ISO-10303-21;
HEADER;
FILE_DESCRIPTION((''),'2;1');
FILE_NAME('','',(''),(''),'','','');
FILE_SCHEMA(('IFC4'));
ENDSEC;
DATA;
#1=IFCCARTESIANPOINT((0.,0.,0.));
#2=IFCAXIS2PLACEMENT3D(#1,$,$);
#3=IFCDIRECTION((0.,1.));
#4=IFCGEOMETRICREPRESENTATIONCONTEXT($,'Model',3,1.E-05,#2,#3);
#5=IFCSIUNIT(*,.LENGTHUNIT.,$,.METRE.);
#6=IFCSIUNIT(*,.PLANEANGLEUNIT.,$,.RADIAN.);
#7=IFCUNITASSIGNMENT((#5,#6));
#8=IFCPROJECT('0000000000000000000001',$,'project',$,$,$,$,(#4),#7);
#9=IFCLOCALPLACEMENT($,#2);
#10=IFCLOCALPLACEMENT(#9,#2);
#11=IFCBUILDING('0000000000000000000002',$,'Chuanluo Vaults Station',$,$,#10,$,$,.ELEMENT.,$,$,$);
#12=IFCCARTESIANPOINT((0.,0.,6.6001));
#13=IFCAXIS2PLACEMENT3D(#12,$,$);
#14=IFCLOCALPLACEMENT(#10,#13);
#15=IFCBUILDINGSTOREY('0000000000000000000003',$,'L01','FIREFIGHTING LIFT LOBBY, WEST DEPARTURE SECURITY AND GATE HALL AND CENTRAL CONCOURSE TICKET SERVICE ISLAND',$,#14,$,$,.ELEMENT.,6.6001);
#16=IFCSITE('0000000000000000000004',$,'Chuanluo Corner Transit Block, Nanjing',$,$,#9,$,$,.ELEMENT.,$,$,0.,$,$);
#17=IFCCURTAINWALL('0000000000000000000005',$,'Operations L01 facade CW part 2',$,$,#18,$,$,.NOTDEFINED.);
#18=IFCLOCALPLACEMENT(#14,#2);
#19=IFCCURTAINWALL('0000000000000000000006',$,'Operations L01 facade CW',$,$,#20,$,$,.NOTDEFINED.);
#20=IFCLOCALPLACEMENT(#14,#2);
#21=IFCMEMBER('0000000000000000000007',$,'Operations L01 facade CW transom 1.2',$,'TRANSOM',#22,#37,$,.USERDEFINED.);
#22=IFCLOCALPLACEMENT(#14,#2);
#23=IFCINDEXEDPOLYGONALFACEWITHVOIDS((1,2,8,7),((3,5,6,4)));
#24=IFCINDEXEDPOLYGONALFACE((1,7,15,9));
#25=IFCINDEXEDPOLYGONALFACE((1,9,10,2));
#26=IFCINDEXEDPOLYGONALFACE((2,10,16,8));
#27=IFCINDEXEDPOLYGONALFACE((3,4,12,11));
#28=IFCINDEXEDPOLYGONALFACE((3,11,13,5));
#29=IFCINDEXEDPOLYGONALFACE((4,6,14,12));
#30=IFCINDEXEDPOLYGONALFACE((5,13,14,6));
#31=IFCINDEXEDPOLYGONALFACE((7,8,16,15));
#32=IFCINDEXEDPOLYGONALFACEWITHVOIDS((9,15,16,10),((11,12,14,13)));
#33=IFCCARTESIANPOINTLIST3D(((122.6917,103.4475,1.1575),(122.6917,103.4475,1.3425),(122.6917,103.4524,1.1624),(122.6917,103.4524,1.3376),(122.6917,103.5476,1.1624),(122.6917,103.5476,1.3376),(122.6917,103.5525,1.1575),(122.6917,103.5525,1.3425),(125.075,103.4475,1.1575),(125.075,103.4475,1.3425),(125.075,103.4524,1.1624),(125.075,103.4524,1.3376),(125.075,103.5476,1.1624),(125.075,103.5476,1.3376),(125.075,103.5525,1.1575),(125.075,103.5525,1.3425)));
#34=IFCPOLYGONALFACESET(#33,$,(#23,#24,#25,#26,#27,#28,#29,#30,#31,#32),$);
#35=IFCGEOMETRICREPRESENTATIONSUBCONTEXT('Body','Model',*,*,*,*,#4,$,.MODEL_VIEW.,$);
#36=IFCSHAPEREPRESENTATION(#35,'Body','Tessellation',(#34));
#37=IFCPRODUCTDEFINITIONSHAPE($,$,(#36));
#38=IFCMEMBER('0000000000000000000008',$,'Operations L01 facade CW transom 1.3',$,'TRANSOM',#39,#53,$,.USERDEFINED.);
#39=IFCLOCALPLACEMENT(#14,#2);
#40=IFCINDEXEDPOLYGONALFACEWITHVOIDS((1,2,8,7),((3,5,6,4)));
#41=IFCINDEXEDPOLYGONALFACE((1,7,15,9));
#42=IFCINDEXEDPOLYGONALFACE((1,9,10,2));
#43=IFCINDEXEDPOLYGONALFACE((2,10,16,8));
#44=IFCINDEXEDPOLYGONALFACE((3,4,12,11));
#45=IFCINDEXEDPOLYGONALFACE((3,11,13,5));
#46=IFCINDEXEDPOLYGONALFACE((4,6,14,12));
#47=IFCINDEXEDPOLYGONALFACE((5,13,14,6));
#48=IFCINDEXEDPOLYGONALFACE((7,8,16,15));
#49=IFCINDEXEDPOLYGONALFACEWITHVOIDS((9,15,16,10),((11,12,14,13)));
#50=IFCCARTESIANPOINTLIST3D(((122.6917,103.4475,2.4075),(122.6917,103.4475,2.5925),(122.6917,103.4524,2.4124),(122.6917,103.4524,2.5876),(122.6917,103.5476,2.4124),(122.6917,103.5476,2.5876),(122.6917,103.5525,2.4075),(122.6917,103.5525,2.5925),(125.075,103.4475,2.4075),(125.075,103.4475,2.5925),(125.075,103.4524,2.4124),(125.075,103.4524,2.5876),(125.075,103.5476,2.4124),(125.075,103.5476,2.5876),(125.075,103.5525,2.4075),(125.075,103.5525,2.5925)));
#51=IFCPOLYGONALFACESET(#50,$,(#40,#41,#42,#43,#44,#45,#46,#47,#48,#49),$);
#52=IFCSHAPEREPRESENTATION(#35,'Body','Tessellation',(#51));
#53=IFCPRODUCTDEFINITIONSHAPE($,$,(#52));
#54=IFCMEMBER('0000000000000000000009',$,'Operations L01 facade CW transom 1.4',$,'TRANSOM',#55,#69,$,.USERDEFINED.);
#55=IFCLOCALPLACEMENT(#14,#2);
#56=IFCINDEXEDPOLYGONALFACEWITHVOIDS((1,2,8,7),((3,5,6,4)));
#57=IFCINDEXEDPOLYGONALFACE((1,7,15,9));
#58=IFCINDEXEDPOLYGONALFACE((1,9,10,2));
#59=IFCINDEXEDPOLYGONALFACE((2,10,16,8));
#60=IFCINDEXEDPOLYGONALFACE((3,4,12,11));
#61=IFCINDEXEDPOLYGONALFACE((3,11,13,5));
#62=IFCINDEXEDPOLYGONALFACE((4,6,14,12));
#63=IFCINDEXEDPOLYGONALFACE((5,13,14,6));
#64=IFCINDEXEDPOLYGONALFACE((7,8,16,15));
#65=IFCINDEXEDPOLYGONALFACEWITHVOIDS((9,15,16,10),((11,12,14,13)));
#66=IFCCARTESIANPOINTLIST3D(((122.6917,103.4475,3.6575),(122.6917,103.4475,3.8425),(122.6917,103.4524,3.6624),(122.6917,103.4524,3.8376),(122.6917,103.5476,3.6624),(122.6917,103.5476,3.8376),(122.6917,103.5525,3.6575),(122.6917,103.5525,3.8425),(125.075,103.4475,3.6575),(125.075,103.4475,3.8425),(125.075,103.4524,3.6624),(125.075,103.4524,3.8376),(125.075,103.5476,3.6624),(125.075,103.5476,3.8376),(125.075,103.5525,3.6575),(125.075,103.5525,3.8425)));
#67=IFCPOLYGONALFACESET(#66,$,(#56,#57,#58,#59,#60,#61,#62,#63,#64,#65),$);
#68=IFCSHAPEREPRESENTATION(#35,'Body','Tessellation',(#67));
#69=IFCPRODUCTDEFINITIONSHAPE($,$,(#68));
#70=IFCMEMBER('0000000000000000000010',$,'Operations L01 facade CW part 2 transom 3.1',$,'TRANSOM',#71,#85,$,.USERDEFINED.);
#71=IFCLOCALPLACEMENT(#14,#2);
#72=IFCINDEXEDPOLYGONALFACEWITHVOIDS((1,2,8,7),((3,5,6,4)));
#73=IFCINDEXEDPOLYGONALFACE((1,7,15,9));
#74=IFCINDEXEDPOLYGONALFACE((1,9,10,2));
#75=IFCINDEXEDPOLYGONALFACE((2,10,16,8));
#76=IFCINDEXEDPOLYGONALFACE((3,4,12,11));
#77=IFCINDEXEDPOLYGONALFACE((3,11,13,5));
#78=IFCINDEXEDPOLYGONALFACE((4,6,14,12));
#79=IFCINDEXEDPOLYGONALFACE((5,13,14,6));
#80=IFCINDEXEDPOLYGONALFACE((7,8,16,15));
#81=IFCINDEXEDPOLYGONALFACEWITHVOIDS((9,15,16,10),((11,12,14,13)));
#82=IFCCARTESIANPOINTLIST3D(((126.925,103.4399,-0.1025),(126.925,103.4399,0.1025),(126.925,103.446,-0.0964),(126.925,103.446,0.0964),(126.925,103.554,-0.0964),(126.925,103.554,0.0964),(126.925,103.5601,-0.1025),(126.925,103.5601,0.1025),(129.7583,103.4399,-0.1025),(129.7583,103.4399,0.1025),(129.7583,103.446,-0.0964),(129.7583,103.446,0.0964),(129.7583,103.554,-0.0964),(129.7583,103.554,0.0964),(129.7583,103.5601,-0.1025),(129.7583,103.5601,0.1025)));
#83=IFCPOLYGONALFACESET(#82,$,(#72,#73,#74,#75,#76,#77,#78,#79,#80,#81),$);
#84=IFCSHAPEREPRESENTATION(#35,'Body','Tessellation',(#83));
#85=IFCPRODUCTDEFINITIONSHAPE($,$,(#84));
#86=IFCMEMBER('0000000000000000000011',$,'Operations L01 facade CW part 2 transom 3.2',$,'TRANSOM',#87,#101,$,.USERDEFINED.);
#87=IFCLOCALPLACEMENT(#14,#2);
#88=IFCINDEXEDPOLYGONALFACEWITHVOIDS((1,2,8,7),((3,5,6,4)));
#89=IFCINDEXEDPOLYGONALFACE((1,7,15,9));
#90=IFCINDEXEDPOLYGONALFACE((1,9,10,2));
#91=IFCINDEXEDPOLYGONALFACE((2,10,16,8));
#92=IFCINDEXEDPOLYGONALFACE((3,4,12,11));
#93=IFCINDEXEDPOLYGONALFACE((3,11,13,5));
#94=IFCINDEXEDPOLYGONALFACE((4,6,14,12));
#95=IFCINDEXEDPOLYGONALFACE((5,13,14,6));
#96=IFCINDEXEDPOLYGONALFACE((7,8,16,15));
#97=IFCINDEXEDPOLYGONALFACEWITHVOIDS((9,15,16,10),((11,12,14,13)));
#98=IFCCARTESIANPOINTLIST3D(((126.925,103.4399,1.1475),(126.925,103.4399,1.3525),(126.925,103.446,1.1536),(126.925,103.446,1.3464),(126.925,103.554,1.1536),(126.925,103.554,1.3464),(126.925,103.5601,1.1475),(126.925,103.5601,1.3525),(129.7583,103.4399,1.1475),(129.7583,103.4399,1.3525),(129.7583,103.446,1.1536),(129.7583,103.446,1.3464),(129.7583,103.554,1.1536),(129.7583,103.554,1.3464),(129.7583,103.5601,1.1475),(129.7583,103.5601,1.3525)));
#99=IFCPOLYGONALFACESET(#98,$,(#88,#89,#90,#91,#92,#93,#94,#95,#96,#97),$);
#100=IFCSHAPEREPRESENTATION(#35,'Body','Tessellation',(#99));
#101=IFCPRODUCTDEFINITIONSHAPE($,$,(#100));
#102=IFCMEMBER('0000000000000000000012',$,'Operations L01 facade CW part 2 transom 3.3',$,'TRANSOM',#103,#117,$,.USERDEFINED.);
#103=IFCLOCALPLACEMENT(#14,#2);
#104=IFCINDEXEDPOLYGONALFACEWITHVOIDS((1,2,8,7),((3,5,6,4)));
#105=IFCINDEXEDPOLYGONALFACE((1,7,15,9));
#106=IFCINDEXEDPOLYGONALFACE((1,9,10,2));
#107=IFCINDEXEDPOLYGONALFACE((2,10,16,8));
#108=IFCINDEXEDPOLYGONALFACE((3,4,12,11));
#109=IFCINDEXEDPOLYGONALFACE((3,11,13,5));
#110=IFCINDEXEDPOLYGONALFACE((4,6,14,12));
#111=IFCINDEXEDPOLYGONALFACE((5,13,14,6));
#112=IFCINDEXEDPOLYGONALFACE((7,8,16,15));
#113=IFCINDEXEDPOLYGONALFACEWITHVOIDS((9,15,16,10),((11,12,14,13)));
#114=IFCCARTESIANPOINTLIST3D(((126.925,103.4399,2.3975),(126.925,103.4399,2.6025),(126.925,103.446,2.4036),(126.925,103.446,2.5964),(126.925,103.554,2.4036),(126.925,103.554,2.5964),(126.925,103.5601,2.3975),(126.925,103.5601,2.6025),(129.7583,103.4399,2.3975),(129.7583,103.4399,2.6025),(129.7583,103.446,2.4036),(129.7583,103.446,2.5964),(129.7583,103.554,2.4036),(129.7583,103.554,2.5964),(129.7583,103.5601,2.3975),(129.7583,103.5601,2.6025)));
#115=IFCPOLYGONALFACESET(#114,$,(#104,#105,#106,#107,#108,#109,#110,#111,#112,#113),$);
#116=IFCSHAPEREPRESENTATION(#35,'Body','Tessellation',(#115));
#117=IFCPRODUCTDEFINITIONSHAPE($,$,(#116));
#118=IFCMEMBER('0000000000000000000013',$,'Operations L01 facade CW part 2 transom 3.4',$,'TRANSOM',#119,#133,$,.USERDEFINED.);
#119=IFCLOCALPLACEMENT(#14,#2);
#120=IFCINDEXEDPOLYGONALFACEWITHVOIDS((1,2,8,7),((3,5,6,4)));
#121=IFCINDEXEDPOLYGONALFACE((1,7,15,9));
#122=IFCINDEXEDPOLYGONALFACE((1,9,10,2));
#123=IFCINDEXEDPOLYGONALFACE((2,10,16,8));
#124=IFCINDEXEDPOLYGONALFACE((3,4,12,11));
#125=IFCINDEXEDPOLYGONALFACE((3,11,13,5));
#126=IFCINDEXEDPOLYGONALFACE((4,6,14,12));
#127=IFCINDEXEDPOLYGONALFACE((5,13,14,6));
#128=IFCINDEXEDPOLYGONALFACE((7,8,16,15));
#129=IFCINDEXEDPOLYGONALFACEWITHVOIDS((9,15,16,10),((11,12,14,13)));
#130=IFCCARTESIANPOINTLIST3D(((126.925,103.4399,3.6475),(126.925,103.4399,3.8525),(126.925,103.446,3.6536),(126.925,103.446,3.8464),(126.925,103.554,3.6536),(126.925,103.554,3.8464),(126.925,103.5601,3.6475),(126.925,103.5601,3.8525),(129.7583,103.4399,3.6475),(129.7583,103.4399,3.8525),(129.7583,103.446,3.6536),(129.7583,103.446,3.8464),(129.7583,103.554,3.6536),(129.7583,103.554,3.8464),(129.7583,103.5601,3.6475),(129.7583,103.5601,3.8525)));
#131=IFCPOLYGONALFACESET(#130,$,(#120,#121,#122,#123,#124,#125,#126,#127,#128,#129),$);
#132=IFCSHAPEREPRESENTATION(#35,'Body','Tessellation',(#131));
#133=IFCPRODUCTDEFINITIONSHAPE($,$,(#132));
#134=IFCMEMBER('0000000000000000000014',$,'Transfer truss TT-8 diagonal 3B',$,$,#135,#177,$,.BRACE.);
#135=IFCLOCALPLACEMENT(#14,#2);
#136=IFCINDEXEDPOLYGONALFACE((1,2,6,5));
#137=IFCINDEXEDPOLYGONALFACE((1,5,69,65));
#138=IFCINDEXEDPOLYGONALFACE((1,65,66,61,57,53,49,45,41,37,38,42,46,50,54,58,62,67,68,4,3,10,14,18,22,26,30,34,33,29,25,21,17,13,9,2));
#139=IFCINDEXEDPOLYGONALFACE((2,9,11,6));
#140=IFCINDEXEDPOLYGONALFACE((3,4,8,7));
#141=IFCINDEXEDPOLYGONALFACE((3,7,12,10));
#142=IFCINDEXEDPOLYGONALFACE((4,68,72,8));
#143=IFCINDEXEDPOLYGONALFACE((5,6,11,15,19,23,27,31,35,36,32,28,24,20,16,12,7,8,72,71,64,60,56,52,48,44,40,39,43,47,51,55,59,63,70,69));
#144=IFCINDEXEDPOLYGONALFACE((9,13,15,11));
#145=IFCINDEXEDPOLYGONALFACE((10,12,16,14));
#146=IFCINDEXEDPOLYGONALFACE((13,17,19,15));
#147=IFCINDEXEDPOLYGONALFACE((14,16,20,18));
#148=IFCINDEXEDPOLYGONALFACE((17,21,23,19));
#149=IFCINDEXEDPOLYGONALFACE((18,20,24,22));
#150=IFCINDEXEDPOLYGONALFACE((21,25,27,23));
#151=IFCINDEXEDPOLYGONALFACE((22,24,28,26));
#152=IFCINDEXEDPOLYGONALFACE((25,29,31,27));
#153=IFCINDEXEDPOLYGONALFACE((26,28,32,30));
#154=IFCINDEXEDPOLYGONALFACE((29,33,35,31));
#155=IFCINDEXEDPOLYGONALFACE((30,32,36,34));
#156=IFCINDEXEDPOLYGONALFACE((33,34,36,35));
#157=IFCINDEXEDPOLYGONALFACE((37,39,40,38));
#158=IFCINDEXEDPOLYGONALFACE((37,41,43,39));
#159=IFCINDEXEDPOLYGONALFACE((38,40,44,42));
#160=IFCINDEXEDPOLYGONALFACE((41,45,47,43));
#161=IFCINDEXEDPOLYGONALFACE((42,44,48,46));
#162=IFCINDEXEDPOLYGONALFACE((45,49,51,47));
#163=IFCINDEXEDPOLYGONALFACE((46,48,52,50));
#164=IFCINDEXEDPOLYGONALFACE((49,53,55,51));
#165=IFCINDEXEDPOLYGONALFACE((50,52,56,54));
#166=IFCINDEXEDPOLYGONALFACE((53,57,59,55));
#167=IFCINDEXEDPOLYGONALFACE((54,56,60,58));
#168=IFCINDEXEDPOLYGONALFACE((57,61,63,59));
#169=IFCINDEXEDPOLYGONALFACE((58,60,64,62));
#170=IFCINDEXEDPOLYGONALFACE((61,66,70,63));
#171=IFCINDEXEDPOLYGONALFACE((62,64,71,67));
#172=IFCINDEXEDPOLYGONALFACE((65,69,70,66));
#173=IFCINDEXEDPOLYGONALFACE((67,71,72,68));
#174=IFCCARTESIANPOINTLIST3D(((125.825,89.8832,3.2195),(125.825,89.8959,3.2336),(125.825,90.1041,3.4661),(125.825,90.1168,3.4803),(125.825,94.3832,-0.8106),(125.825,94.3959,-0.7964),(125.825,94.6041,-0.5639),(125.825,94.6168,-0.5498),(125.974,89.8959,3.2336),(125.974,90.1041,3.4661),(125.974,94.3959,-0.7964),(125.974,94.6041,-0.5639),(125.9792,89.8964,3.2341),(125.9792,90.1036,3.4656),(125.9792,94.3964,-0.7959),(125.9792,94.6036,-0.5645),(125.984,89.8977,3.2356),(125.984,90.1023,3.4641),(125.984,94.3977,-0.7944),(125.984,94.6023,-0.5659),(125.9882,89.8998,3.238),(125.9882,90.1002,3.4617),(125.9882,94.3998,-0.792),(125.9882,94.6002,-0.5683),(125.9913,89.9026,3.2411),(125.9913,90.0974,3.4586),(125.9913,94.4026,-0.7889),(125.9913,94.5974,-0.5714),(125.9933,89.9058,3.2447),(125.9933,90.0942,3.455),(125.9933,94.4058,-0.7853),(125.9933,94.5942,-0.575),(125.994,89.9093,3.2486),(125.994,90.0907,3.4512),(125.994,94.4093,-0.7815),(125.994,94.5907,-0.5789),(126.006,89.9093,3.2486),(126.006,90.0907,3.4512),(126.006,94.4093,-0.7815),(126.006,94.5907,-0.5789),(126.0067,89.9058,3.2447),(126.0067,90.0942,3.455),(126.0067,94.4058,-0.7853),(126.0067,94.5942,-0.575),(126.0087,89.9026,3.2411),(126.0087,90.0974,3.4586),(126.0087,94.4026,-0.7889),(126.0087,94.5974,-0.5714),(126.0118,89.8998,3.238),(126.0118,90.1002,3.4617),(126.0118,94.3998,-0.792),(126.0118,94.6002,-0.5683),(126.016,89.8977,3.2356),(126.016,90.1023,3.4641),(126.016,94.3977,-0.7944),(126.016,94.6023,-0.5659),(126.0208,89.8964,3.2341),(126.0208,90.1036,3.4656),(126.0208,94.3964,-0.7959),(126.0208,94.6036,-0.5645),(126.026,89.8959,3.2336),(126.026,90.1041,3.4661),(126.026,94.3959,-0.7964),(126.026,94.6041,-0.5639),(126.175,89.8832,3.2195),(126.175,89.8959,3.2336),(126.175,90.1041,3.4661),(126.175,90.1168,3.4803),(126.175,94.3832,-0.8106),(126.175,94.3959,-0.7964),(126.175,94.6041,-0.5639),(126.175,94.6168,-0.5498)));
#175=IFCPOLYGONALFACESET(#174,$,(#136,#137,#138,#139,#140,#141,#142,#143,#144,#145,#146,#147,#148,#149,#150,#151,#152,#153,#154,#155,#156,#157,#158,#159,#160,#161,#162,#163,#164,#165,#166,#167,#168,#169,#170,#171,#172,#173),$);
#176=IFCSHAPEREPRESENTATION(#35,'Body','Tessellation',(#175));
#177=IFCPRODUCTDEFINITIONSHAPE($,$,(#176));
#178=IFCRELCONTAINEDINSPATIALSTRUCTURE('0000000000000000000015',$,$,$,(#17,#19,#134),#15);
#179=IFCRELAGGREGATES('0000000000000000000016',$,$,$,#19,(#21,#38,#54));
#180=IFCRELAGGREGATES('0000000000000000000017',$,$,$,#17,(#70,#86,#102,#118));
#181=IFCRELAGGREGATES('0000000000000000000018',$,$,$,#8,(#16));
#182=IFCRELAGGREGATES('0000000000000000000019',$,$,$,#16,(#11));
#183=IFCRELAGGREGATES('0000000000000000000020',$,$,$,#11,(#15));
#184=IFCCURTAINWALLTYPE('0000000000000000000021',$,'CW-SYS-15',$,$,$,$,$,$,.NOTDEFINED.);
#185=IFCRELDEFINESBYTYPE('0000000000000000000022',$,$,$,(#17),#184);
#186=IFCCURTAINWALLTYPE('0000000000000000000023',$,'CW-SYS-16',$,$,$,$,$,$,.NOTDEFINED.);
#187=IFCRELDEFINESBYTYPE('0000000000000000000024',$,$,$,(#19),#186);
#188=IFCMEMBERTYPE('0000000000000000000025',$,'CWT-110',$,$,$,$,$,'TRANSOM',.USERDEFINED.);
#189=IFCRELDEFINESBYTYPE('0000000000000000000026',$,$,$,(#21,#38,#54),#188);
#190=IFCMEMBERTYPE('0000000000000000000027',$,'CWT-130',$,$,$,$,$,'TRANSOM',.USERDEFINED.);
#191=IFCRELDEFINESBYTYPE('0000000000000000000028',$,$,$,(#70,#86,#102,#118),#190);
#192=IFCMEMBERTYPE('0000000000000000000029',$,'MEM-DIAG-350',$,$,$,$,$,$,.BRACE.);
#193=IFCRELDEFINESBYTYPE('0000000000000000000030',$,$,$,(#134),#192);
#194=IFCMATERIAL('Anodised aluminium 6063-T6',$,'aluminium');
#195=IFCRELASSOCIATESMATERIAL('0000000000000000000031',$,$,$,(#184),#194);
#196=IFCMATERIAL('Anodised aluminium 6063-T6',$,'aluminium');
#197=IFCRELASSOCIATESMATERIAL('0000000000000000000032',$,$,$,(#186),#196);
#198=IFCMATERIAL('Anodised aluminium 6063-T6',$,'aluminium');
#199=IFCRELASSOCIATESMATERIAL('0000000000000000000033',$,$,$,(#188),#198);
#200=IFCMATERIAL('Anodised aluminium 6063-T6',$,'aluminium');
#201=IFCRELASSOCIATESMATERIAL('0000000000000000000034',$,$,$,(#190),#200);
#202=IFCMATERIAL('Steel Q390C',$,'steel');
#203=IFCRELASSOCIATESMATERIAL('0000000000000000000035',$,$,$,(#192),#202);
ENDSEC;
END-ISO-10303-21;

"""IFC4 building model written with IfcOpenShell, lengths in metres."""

from ifc_helpers import new_model, si_unit, direction, frame, origin, origin_2d, place, context, subcontext, project, spatial, hollow_rectangle, i_section, extrude, material, material_profile, profile_set, type_object, element, aggregate, save


model = new_model("IFC4")

# Units and contexts
model_context = context("Model", 3, precision=1e-05, world=origin(), true_north=direction((0.0, 1.0)))
body_context = subcontext(model_context, "Body", "Model", "MODEL_VIEW")
ifc_project = project(units=[si_unit("LENGTHUNIT", "METRE"), si_unit("PLANEANGLEUNIT", "RADIAN")], contexts=[model_context])

# Site, building, storey
site_placement = place(None, origin())
site = spatial("IfcSite", under=ifc_project, at=site_placement, Name="Chuanluo Corner Transit Block, Nanjing", CompositionType="ELEMENT", RefElevation=0.0)
building_placement = place(site_placement, origin())
building = spatial("IfcBuilding", under=site, at=building_placement, Name="Chuanluo Vaults Station", CompositionType="ELEMENT")
storey_placement = place(building_placement, frame((0.0, 0.0, 6.6001)))
storey = spatial("IfcBuildingStorey", under=building, at=storey_placement, Name="L01", Description="FIREFIGHTING LIFT LOBBY, WEST DEPARTURE SECURITY AND GATE HALL AND CENTRAL CONCOURSE TICKET SERVICE ISLAND", CompositionType="ELEMENT", Elevation=6.6001)

# Curtain walls, members
ifc_material_1 = material(Name="Anodised aluminium 6063-T6", Category="aluminium")
curtain_wall_type_1 = type_object("IfcCurtainWallType", Name="CW-SYS-15", PredefinedType="NOTDEFINED", material=ifc_material_1)
curtain_wall_1_placement = place(storey_placement, origin())
curtain_wall_1 = element("IfcCurtainWall", 1, at=curtain_wall_1_placement, inside=storey, type_object=curtain_wall_type_1, Name="Operations L01 facade CW part 2", PredefinedType="NOTDEFINED")
ifc_material_2 = material(Name="Anodised aluminium 6063-T6", Category="aluminium")
curtain_wall_type_2 = type_object("IfcCurtainWallType", Name="CW-SYS-16", PredefinedType="NOTDEFINED", material=ifc_material_2)
curtain_wall_2_placement = place(storey_placement, origin())
curtain_wall_2 = element("IfcCurtainWall", 2, at=curtain_wall_2_placement, inside=storey, type_object=curtain_wall_type_2, Name="Operations L01 facade CW", PredefinedType="NOTDEFINED")
ifc_material_3 = material(Name="Anodised aluminium 6063-T6", Category="aluminium")
ifc_material_profile_1 = material_profile(ifc_material_3, hollow_rectangle(XDim=0.105, YDim=0.1851, WallThickness=0.0049, at=origin_2d()))
ifc_profile_set_1 = profile_set([ifc_material_profile_1], Name="Anodised aluminium 6063-T6")
member_type_1 = type_object("IfcMemberType", Name="CWT-110", ElementType="TRANSOM", PredefinedType="USERDEFINED", material=ifc_profile_set_1)
member_1_placement = place(storey_placement, frame((125.075, 103.5, 1.25), z_axis=(-1.0, 0.0, 0.0), x_axis=(0.0, -1.0, 0.0)))
member_1 = element("IfcMember", 3, at=member_1_placement, type_object=member_type_1, Name="Operations L01 facade CW transom 1.2", ObjectType="TRANSOM", PredefinedType="USERDEFINED", context=body_context, shape_type="SweptSolid", body=[
    extrude(hollow_rectangle(XDim=0.105, YDim=0.1851, WallThickness=0.0049, at=origin_2d()), origin(), (0.0, 0.0, 1.0), 2.3833),
])
member_2_placement = place(storey_placement, frame((125.075, 103.5, 2.5), z_axis=(-1.0, 0.0, 0.0), x_axis=(0.0, -1.0, 0.0)))
member_2 = element("IfcMember", 4, at=member_2_placement, type_object=member_type_1, Name="Operations L01 facade CW transom 1.3", ObjectType="TRANSOM", PredefinedType="USERDEFINED", context=body_context, shape_type="SweptSolid", body=[
    extrude(hollow_rectangle(XDim=0.105, YDim=0.1851, WallThickness=0.0049, at=origin_2d()), origin(), (0.0, 0.0, 1.0), 2.3833),
])
member_3_placement = place(storey_placement, frame((125.075, 103.5, 3.75), z_axis=(-1.0, 0.0, 0.0), x_axis=(0.0, -1.0, 0.0)))
member_3 = element("IfcMember", 5, at=member_3_placement, type_object=member_type_1, Name="Operations L01 facade CW transom 1.4", ObjectType="TRANSOM", PredefinedType="USERDEFINED", context=body_context, shape_type="SweptSolid", body=[
    extrude(hollow_rectangle(XDim=0.105, YDim=0.1851, WallThickness=0.0049, at=origin_2d()), origin(), (0.0, 0.0, 1.0), 2.3833),
])
aggregate(curtain_wall_2, [member_1, member_2, member_3])

# Members
ifc_material_4 = material(Name="Anodised aluminium 6063-T6", Category="aluminium")
ifc_material_profile_2 = material_profile(ifc_material_4, hollow_rectangle(XDim=0.1201, YDim=0.2051, WallThickness=0.0061, at=origin_2d()))
ifc_profile_set_2 = profile_set([ifc_material_profile_2], Name="Anodised aluminium 6063-T6")
member_type_2 = type_object("IfcMemberType", Name="CWT-130", ElementType="TRANSOM", PredefinedType="USERDEFINED", material=ifc_profile_set_2)
member_4_placement = place(storey_placement, frame((129.7583, 103.5, 0.0), z_axis=(-1.0, 0.0, 0.0), x_axis=(0.0, -1.0, 0.0)))
member_4 = element("IfcMember", 6, at=member_4_placement, type_object=member_type_2, Name="Operations L01 facade CW part 2 transom 3.1", ObjectType="TRANSOM", PredefinedType="USERDEFINED", context=body_context, shape_type="SweptSolid", body=[
    extrude(hollow_rectangle(XDim=0.1201, YDim=0.2051, WallThickness=0.0061, at=origin_2d()), origin(), (0.0, 0.0, 1.0), 2.8333),
])
member_5_placement = place(storey_placement, frame((129.7583, 103.5, 1.25), z_axis=(-1.0, 0.0, 0.0), x_axis=(0.0, -1.0, 0.0)))
member_5 = element("IfcMember", 7, at=member_5_placement, type_object=member_type_2, Name="Operations L01 facade CW part 2 transom 3.2", ObjectType="TRANSOM", PredefinedType="USERDEFINED", context=body_context, shape_type="SweptSolid", body=[
    extrude(hollow_rectangle(XDim=0.1201, YDim=0.2051, WallThickness=0.0061, at=origin_2d()), origin(), (0.0, 0.0, 1.0), 2.8333),
])
member_6_placement = place(storey_placement, frame((129.7583, 103.5, 2.5), z_axis=(-1.0, 0.0, 0.0), x_axis=(0.0, -1.0, 0.0)))
member_6 = element("IfcMember", 8, at=member_6_placement, type_object=member_type_2, Name="Operations L01 facade CW part 2 transom 3.3", ObjectType="TRANSOM", PredefinedType="USERDEFINED", context=body_context, shape_type="SweptSolid", body=[
    extrude(hollow_rectangle(XDim=0.1201, YDim=0.2051, WallThickness=0.0061, at=origin_2d()), origin(), (0.0, 0.0, 1.0), 2.8333),
])
member_7_placement = place(storey_placement, frame((129.7583, 103.5, 3.75), z_axis=(-1.0, 0.0, 0.0), x_axis=(0.0, -1.0, 0.0)))
member_7 = element("IfcMember", 9, at=member_7_placement, type_object=member_type_2, Name="Operations L01 facade CW part 2 transom 3.4", ObjectType="TRANSOM", PredefinedType="USERDEFINED", context=body_context, shape_type="SweptSolid", body=[
    extrude(hollow_rectangle(XDim=0.1201, YDim=0.2051, WallThickness=0.0061, at=origin_2d()), origin(), (0.0, 0.0, 1.0), 2.8333),
])

# Member
ifc_material_5 = material(Name="Steel Q390C", Category="steel")
ifc_material_profile_3 = material_profile(ifc_material_5, i_section(OverallWidth=0.3501, OverallDepth=0.3501, WebThickness=0.012, FlangeThickness=0.019, FilletRadius=0.02, at=origin_2d()))
ifc_profile_set_3 = profile_set([ifc_material_profile_3], Name="Steel Q390C")
member_type_3 = type_object("IfcMemberType", Name="MEM-DIAG-350", PredefinedType="BRACE", material=ifc_profile_set_3)
member_8_placement = place(storey_placement, frame((126.0, 90.0, 3.3499), z_axis=(0.0, 0.744936, -0.667136), x_axis=(-1.0, 0.0, 0.0)))
element("IfcMember", 10, at=member_8_placement, inside=storey, type_object=member_type_3, Name="Transfer truss TT-8 diagonal 3B", PredefinedType="BRACE", context=body_context, shape_type="SweptSolid", body=[
    extrude(i_section(OverallWidth=0.3501, OverallDepth=0.3501, WebThickness=0.012, FlangeThickness=0.019, FilletRadius=0.02, at=origin_2d()), origin(), (0.0, 0.0, 1.0), 6.0408),
])

aggregate(curtain_wall_1, [member_4, member_5, member_6, member_7])

save(model, "model.ifc")
